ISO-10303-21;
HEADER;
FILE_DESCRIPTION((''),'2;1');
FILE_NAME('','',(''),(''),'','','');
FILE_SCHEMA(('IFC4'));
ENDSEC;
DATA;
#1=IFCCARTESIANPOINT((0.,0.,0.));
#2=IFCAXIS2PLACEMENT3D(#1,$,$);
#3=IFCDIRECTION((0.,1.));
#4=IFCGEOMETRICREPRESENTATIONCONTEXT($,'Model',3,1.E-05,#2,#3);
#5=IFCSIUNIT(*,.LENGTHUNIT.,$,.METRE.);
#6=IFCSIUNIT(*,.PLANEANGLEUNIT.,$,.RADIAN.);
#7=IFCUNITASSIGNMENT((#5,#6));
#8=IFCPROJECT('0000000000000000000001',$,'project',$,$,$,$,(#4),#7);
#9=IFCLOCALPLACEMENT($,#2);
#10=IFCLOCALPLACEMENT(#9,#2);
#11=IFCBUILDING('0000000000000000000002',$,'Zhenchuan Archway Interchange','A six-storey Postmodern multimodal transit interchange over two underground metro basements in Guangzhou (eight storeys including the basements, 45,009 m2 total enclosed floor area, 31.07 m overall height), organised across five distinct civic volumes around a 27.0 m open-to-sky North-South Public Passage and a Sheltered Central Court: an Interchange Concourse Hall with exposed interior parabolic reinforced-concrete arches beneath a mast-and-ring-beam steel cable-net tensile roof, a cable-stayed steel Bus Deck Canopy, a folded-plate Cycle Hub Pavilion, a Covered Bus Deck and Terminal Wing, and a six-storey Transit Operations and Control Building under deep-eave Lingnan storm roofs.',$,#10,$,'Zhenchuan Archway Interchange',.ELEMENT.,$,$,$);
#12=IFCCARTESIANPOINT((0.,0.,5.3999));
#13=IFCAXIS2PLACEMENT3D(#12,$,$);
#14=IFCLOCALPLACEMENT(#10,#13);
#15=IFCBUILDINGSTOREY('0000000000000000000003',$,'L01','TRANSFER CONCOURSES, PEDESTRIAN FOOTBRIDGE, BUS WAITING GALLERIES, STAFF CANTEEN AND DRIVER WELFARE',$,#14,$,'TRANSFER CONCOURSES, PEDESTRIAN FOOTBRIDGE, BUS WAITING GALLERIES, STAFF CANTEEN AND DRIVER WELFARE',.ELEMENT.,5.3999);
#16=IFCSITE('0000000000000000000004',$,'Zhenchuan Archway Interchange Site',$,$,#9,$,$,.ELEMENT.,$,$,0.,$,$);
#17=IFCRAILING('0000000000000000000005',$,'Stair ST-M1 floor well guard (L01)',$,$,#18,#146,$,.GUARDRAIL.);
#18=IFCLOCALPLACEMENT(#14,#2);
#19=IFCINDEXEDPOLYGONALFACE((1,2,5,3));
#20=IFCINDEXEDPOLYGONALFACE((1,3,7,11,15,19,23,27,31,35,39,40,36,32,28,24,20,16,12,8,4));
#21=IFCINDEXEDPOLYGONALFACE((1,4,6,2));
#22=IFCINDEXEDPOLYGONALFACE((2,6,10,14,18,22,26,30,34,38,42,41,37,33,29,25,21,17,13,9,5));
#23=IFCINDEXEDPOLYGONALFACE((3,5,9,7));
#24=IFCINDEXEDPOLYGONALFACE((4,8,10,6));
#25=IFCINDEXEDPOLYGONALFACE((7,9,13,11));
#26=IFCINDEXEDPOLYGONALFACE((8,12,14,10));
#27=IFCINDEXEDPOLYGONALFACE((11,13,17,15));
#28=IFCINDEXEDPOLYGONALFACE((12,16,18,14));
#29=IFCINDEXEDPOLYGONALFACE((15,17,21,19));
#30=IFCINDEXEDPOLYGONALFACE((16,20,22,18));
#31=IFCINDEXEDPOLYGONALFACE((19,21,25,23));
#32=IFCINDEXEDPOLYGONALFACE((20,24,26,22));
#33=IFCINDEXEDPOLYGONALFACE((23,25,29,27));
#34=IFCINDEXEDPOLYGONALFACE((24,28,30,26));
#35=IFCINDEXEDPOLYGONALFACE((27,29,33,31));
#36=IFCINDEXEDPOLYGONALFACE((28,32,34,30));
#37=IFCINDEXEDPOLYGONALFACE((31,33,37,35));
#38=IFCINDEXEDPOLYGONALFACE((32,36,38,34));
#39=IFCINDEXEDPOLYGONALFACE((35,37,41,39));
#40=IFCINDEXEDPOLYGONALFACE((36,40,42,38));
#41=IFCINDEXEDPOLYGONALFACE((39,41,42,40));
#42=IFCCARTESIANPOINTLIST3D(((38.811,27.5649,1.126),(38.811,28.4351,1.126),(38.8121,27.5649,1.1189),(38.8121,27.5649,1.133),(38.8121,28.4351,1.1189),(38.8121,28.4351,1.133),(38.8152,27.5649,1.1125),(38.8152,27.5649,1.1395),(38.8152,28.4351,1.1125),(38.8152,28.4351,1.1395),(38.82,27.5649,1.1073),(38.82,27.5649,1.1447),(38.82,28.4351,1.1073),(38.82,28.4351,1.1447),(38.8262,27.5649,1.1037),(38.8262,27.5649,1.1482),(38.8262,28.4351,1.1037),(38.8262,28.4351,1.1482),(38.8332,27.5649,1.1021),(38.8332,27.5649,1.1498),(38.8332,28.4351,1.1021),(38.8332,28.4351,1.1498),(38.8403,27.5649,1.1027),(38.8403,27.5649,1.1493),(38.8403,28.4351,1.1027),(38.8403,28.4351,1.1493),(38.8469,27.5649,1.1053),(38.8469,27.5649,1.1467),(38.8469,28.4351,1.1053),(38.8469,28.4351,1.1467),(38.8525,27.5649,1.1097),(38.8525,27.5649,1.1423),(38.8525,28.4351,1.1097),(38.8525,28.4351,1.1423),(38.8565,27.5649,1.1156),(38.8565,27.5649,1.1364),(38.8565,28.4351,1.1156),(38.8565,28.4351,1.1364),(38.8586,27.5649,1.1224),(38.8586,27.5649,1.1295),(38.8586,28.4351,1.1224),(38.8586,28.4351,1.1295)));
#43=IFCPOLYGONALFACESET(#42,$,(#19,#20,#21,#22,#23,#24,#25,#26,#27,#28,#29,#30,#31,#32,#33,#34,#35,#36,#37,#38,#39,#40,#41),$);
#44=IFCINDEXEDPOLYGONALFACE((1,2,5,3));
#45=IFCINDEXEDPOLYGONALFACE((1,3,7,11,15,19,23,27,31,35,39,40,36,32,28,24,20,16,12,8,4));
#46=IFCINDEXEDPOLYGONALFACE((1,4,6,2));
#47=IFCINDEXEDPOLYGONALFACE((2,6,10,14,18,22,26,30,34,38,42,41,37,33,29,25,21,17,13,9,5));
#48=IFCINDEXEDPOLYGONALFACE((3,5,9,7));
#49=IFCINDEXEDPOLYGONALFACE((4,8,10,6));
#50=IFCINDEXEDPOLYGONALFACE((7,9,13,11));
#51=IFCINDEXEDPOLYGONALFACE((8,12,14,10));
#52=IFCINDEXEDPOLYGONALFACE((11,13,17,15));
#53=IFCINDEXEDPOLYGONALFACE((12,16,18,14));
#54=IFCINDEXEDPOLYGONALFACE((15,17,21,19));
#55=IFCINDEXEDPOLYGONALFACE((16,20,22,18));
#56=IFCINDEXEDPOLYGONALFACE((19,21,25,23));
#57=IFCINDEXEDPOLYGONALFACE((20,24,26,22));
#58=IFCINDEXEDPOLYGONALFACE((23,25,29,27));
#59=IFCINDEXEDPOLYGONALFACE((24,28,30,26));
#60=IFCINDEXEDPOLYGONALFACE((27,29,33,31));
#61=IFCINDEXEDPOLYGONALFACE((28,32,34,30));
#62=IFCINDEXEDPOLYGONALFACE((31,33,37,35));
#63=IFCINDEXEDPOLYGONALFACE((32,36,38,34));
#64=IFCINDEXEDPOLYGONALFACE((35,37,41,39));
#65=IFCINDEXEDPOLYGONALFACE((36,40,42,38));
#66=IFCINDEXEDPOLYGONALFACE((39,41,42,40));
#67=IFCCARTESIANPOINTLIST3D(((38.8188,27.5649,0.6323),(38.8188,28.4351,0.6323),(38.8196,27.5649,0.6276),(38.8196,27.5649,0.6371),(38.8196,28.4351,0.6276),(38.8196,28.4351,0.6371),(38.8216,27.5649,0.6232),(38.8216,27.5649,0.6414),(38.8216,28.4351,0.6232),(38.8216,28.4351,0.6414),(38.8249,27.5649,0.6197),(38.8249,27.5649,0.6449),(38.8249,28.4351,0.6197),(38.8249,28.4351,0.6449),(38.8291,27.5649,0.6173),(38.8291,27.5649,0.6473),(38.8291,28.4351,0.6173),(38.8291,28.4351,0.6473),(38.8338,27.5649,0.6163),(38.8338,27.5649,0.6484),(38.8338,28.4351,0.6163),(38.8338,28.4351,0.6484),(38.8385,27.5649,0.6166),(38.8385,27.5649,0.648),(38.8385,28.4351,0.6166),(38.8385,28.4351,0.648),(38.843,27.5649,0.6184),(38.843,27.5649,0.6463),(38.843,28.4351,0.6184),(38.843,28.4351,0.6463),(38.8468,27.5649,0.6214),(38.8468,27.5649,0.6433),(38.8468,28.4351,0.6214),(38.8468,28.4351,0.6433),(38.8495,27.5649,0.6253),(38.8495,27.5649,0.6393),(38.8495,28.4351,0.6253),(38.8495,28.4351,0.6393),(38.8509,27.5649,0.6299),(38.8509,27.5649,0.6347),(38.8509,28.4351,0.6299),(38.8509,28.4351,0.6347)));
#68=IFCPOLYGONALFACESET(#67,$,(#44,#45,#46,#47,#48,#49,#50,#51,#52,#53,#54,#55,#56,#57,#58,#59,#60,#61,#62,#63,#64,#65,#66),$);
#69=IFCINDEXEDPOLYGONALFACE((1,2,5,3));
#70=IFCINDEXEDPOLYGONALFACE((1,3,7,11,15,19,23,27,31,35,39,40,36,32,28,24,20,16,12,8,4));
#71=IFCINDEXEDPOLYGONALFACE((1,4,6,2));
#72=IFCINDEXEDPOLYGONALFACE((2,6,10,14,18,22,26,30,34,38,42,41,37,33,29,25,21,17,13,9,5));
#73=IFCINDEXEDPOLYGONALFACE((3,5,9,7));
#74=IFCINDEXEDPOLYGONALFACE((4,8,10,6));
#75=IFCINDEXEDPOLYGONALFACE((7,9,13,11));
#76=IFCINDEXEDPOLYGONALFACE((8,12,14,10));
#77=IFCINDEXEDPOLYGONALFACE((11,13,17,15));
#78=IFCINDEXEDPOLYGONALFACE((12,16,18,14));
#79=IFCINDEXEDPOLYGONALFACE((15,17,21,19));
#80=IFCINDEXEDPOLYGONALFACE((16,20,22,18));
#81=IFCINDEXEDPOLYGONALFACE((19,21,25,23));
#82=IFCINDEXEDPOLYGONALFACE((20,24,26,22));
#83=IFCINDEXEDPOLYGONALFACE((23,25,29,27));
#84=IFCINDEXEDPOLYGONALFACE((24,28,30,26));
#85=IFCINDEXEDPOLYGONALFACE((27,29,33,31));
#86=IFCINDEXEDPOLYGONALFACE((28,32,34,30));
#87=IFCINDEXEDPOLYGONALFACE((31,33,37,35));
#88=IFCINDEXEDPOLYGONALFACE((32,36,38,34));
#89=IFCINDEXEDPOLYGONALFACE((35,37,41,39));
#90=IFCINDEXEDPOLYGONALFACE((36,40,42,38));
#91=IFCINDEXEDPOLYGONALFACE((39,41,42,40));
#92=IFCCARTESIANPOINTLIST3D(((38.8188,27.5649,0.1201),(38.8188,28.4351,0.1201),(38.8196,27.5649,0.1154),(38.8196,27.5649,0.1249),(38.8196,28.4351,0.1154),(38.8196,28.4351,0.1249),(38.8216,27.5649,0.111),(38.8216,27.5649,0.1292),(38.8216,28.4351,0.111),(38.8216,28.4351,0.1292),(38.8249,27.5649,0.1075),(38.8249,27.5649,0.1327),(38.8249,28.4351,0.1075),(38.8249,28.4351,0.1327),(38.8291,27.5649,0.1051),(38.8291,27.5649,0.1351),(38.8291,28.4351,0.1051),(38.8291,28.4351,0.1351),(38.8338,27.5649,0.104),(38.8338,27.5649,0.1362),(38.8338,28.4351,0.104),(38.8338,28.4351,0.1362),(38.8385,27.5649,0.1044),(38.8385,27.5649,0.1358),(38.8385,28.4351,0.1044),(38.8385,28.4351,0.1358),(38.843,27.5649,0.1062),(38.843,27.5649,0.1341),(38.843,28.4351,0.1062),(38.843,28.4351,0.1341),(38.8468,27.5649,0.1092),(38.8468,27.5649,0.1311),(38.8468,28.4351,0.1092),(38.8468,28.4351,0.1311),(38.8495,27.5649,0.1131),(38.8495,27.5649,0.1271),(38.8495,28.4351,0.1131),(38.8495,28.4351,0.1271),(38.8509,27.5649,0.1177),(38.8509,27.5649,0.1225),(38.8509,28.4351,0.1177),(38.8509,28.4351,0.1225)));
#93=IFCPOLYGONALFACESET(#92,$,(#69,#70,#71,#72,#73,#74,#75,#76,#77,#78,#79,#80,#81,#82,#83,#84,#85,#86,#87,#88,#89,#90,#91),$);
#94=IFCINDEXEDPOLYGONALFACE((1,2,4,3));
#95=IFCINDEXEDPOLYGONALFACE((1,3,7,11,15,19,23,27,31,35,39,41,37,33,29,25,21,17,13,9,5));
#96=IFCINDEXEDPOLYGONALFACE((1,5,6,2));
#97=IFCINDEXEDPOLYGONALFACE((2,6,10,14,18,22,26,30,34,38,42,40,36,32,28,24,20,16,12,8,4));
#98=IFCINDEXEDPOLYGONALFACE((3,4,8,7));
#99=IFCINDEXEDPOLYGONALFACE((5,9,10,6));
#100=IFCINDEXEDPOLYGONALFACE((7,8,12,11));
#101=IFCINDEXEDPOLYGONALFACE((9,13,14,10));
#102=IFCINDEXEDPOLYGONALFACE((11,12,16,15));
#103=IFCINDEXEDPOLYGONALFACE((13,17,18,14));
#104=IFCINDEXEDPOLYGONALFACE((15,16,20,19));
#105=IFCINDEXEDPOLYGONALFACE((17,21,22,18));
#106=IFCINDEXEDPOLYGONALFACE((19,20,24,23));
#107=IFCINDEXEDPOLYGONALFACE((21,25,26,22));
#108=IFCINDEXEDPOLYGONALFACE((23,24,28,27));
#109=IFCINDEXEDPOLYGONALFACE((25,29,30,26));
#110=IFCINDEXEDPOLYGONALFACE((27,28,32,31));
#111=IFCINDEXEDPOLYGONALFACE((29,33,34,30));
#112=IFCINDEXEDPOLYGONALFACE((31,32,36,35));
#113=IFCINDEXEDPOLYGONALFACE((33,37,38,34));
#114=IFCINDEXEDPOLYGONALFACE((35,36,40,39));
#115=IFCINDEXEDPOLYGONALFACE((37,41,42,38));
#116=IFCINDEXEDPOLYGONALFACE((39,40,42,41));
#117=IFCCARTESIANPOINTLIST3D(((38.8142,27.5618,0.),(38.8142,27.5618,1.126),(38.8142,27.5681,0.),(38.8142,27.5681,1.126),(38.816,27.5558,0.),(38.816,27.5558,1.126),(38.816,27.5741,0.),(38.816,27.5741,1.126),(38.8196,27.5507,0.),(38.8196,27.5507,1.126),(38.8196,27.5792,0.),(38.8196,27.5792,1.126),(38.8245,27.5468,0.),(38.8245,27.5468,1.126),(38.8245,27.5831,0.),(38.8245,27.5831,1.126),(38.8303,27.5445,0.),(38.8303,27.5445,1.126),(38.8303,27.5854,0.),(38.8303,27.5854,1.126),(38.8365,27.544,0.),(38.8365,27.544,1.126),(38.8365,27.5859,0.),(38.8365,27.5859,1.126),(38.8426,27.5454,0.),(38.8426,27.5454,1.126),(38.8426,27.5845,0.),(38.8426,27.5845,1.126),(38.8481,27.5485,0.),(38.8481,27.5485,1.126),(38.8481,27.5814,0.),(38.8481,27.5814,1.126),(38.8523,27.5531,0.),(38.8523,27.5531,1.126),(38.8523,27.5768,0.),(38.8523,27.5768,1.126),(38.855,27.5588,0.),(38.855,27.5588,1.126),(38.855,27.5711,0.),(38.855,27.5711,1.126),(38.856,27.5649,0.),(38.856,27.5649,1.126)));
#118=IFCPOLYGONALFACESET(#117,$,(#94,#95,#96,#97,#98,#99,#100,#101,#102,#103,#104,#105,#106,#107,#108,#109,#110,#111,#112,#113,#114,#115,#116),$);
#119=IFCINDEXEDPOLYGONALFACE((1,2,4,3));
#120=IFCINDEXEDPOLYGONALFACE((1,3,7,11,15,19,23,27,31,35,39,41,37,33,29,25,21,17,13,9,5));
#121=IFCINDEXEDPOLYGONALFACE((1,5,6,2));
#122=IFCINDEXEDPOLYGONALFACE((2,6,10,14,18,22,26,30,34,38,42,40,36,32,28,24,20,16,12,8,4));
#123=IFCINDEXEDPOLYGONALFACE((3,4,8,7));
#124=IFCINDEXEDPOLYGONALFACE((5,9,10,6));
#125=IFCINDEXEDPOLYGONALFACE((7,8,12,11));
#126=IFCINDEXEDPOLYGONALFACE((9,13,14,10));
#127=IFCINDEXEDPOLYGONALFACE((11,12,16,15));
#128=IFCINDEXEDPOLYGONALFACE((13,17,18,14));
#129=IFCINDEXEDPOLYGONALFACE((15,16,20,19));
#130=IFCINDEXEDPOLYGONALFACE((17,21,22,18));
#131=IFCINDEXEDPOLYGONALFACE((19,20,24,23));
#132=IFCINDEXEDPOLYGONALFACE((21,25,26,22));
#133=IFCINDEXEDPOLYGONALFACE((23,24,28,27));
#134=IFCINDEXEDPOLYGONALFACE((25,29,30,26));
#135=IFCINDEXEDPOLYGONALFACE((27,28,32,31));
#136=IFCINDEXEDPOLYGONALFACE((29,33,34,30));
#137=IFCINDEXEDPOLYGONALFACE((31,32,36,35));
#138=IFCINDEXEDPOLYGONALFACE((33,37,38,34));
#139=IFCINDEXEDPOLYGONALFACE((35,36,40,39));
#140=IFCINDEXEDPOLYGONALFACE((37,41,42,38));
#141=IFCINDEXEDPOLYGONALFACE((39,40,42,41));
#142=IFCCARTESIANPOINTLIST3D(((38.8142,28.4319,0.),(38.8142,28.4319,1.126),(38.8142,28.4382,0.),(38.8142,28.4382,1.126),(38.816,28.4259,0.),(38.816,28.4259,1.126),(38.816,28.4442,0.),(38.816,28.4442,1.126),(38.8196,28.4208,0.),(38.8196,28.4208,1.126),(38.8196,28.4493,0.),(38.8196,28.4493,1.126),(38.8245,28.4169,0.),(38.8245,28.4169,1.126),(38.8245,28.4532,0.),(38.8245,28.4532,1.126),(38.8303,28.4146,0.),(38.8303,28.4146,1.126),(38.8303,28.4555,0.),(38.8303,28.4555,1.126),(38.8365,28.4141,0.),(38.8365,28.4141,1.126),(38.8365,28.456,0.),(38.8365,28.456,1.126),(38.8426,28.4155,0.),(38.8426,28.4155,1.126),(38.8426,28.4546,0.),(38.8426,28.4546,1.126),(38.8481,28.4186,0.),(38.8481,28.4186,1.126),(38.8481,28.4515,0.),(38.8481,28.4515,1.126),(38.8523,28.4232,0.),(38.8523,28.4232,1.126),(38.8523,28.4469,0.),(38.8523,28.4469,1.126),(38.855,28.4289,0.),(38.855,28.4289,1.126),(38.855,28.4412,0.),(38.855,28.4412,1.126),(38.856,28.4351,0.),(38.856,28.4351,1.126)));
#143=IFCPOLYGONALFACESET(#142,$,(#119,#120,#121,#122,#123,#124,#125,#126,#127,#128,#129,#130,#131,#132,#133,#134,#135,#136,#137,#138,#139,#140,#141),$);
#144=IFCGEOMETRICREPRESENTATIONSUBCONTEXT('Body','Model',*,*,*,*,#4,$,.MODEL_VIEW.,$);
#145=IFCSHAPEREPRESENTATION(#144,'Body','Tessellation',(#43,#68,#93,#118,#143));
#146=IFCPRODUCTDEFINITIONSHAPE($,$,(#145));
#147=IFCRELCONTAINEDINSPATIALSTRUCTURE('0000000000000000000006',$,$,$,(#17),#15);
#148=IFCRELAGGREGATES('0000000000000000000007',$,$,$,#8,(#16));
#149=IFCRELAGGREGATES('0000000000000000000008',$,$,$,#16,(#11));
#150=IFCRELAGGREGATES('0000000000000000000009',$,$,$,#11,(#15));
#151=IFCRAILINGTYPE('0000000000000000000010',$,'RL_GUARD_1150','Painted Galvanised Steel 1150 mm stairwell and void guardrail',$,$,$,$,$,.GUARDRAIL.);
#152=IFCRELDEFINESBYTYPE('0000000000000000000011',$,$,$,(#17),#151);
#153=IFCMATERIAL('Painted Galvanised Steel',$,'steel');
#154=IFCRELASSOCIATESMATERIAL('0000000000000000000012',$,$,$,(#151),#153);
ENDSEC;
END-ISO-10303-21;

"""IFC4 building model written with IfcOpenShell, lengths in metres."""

from ifc_helpers import new_model, si_unit, direction, frame, origin, origin_2d, place, context, subcontext, project, spatial, circle, extrude, material, type_object, element, save


model = new_model("IFC4")

# Units and contexts
model_context = context("Model", 3, precision=1e-05, world=origin(), true_north=direction((0.0, 1.0)))
body_context = subcontext(model_context, "Body", "Model", "MODEL_VIEW")
ifc_project = project(units=[si_unit("LENGTHUNIT", "METRE"), si_unit("PLANEANGLEUNIT", "RADIAN")], contexts=[model_context])

# Site, building, storey
site_placement = place(None, origin())
site = spatial("IfcSite", under=ifc_project, at=site_placement, Name="Zhenchuan Archway Interchange Site", CompositionType="ELEMENT", RefElevation=0.0)
building_placement = place(site_placement, origin())
building = spatial("IfcBuilding", under=site, at=building_placement, Name="Zhenchuan Archway Interchange", Description="A six-storey Postmodern multimodal transit interchange over two underground metro basements in Guangzhou (eight storeys including the basements, 45,009 m2 total enclosed floor area, 31.07 m overall height), organised across five distinct civic volumes around a 27.0 m open-to-sky North-South Public Passage and a Sheltered Central Court: an Interchange Concourse Hall with exposed interior parabolic reinforced-concrete arches beneath a mast-and-ring-beam steel cable-net tensile roof, a cable-stayed steel Bus Deck Canopy, a folded-plate Cycle Hub Pavilion, a Covered Bus Deck and Terminal Wing, and a six-storey Transit Operations and Control Building under deep-eave Lingnan storm roofs.", LongName="Zhenchuan Archway Interchange", CompositionType="ELEMENT")
storey_placement = place(building_placement, frame((0.0, 0.0, 5.3999)))
storey = spatial("IfcBuildingStorey", under=building, at=storey_placement, Name="L01", Description="TRANSFER CONCOURSES, PEDESTRIAN FOOTBRIDGE, BUS WAITING GALLERIES, STAFF CANTEEN AND DRIVER WELFARE", LongName="TRANSFER CONCOURSES, PEDESTRIAN FOOTBRIDGE, BUS WAITING GALLERIES, STAFF CANTEEN AND DRIVER WELFARE", CompositionType="ELEMENT", Elevation=5.3999)

# Railing
ifc_material_1 = material(Name="Painted Galvanised Steel", Category="steel")
railing_type_1 = type_object("IfcRailingType", Name="RL_GUARD_1150", Description="Painted Galvanised Steel 1150 mm stairwell and void guardrail", PredefinedType="GUARDRAIL", material=ifc_material_1)
for number, where, name in (
    (1, (38.835, 27.5649, 0.0), "Stair ST-M1 floor well guard (L01)"),
):
    element("IfcRailing", number, at=place(storey_placement, frame(where)), inside=storey, type_object=railing_type_1, Name=name, PredefinedType="GUARDRAIL", context=body_context, shape_type="SweptSolid", body=[
        extrude(circle(Radius=0.0239, at=origin_2d()), frame((0.0, 0.0, 1.126), z_axis=(0.0, 1.0, 0.0), x_axis=(-1.0, 0.0, 0.0)), (0.0, 0.0, 1.0), 0.8701),
        extrude(circle(Radius=0.0161, at=origin_2d()), frame((0.0, 0.0, 0.6323), z_axis=(0.0, 1.0, 0.0), x_axis=(-1.0, 0.0, 0.0)), (0.0, 0.0, 1.0), 0.8701),
        extrude(circle(Radius=0.0161, at=origin_2d()), frame((0.0, 0.0, 0.1201), z_axis=(0.0, 1.0, 0.0), x_axis=(-1.0, 0.0, 0.0)), (0.0, 0.0, 1.0), 0.8701),
        extrude(circle(Radius=0.021, at=origin_2d()), origin(), (0.0, 0.0, 1.0), 1.126),
        extrude(circle(Radius=0.021, at=origin_2d()), frame((0.0, 0.8701, 0.0)), (0.0, 0.0, 1.0), 1.126),
    ])

save(model, "model.ifc")
